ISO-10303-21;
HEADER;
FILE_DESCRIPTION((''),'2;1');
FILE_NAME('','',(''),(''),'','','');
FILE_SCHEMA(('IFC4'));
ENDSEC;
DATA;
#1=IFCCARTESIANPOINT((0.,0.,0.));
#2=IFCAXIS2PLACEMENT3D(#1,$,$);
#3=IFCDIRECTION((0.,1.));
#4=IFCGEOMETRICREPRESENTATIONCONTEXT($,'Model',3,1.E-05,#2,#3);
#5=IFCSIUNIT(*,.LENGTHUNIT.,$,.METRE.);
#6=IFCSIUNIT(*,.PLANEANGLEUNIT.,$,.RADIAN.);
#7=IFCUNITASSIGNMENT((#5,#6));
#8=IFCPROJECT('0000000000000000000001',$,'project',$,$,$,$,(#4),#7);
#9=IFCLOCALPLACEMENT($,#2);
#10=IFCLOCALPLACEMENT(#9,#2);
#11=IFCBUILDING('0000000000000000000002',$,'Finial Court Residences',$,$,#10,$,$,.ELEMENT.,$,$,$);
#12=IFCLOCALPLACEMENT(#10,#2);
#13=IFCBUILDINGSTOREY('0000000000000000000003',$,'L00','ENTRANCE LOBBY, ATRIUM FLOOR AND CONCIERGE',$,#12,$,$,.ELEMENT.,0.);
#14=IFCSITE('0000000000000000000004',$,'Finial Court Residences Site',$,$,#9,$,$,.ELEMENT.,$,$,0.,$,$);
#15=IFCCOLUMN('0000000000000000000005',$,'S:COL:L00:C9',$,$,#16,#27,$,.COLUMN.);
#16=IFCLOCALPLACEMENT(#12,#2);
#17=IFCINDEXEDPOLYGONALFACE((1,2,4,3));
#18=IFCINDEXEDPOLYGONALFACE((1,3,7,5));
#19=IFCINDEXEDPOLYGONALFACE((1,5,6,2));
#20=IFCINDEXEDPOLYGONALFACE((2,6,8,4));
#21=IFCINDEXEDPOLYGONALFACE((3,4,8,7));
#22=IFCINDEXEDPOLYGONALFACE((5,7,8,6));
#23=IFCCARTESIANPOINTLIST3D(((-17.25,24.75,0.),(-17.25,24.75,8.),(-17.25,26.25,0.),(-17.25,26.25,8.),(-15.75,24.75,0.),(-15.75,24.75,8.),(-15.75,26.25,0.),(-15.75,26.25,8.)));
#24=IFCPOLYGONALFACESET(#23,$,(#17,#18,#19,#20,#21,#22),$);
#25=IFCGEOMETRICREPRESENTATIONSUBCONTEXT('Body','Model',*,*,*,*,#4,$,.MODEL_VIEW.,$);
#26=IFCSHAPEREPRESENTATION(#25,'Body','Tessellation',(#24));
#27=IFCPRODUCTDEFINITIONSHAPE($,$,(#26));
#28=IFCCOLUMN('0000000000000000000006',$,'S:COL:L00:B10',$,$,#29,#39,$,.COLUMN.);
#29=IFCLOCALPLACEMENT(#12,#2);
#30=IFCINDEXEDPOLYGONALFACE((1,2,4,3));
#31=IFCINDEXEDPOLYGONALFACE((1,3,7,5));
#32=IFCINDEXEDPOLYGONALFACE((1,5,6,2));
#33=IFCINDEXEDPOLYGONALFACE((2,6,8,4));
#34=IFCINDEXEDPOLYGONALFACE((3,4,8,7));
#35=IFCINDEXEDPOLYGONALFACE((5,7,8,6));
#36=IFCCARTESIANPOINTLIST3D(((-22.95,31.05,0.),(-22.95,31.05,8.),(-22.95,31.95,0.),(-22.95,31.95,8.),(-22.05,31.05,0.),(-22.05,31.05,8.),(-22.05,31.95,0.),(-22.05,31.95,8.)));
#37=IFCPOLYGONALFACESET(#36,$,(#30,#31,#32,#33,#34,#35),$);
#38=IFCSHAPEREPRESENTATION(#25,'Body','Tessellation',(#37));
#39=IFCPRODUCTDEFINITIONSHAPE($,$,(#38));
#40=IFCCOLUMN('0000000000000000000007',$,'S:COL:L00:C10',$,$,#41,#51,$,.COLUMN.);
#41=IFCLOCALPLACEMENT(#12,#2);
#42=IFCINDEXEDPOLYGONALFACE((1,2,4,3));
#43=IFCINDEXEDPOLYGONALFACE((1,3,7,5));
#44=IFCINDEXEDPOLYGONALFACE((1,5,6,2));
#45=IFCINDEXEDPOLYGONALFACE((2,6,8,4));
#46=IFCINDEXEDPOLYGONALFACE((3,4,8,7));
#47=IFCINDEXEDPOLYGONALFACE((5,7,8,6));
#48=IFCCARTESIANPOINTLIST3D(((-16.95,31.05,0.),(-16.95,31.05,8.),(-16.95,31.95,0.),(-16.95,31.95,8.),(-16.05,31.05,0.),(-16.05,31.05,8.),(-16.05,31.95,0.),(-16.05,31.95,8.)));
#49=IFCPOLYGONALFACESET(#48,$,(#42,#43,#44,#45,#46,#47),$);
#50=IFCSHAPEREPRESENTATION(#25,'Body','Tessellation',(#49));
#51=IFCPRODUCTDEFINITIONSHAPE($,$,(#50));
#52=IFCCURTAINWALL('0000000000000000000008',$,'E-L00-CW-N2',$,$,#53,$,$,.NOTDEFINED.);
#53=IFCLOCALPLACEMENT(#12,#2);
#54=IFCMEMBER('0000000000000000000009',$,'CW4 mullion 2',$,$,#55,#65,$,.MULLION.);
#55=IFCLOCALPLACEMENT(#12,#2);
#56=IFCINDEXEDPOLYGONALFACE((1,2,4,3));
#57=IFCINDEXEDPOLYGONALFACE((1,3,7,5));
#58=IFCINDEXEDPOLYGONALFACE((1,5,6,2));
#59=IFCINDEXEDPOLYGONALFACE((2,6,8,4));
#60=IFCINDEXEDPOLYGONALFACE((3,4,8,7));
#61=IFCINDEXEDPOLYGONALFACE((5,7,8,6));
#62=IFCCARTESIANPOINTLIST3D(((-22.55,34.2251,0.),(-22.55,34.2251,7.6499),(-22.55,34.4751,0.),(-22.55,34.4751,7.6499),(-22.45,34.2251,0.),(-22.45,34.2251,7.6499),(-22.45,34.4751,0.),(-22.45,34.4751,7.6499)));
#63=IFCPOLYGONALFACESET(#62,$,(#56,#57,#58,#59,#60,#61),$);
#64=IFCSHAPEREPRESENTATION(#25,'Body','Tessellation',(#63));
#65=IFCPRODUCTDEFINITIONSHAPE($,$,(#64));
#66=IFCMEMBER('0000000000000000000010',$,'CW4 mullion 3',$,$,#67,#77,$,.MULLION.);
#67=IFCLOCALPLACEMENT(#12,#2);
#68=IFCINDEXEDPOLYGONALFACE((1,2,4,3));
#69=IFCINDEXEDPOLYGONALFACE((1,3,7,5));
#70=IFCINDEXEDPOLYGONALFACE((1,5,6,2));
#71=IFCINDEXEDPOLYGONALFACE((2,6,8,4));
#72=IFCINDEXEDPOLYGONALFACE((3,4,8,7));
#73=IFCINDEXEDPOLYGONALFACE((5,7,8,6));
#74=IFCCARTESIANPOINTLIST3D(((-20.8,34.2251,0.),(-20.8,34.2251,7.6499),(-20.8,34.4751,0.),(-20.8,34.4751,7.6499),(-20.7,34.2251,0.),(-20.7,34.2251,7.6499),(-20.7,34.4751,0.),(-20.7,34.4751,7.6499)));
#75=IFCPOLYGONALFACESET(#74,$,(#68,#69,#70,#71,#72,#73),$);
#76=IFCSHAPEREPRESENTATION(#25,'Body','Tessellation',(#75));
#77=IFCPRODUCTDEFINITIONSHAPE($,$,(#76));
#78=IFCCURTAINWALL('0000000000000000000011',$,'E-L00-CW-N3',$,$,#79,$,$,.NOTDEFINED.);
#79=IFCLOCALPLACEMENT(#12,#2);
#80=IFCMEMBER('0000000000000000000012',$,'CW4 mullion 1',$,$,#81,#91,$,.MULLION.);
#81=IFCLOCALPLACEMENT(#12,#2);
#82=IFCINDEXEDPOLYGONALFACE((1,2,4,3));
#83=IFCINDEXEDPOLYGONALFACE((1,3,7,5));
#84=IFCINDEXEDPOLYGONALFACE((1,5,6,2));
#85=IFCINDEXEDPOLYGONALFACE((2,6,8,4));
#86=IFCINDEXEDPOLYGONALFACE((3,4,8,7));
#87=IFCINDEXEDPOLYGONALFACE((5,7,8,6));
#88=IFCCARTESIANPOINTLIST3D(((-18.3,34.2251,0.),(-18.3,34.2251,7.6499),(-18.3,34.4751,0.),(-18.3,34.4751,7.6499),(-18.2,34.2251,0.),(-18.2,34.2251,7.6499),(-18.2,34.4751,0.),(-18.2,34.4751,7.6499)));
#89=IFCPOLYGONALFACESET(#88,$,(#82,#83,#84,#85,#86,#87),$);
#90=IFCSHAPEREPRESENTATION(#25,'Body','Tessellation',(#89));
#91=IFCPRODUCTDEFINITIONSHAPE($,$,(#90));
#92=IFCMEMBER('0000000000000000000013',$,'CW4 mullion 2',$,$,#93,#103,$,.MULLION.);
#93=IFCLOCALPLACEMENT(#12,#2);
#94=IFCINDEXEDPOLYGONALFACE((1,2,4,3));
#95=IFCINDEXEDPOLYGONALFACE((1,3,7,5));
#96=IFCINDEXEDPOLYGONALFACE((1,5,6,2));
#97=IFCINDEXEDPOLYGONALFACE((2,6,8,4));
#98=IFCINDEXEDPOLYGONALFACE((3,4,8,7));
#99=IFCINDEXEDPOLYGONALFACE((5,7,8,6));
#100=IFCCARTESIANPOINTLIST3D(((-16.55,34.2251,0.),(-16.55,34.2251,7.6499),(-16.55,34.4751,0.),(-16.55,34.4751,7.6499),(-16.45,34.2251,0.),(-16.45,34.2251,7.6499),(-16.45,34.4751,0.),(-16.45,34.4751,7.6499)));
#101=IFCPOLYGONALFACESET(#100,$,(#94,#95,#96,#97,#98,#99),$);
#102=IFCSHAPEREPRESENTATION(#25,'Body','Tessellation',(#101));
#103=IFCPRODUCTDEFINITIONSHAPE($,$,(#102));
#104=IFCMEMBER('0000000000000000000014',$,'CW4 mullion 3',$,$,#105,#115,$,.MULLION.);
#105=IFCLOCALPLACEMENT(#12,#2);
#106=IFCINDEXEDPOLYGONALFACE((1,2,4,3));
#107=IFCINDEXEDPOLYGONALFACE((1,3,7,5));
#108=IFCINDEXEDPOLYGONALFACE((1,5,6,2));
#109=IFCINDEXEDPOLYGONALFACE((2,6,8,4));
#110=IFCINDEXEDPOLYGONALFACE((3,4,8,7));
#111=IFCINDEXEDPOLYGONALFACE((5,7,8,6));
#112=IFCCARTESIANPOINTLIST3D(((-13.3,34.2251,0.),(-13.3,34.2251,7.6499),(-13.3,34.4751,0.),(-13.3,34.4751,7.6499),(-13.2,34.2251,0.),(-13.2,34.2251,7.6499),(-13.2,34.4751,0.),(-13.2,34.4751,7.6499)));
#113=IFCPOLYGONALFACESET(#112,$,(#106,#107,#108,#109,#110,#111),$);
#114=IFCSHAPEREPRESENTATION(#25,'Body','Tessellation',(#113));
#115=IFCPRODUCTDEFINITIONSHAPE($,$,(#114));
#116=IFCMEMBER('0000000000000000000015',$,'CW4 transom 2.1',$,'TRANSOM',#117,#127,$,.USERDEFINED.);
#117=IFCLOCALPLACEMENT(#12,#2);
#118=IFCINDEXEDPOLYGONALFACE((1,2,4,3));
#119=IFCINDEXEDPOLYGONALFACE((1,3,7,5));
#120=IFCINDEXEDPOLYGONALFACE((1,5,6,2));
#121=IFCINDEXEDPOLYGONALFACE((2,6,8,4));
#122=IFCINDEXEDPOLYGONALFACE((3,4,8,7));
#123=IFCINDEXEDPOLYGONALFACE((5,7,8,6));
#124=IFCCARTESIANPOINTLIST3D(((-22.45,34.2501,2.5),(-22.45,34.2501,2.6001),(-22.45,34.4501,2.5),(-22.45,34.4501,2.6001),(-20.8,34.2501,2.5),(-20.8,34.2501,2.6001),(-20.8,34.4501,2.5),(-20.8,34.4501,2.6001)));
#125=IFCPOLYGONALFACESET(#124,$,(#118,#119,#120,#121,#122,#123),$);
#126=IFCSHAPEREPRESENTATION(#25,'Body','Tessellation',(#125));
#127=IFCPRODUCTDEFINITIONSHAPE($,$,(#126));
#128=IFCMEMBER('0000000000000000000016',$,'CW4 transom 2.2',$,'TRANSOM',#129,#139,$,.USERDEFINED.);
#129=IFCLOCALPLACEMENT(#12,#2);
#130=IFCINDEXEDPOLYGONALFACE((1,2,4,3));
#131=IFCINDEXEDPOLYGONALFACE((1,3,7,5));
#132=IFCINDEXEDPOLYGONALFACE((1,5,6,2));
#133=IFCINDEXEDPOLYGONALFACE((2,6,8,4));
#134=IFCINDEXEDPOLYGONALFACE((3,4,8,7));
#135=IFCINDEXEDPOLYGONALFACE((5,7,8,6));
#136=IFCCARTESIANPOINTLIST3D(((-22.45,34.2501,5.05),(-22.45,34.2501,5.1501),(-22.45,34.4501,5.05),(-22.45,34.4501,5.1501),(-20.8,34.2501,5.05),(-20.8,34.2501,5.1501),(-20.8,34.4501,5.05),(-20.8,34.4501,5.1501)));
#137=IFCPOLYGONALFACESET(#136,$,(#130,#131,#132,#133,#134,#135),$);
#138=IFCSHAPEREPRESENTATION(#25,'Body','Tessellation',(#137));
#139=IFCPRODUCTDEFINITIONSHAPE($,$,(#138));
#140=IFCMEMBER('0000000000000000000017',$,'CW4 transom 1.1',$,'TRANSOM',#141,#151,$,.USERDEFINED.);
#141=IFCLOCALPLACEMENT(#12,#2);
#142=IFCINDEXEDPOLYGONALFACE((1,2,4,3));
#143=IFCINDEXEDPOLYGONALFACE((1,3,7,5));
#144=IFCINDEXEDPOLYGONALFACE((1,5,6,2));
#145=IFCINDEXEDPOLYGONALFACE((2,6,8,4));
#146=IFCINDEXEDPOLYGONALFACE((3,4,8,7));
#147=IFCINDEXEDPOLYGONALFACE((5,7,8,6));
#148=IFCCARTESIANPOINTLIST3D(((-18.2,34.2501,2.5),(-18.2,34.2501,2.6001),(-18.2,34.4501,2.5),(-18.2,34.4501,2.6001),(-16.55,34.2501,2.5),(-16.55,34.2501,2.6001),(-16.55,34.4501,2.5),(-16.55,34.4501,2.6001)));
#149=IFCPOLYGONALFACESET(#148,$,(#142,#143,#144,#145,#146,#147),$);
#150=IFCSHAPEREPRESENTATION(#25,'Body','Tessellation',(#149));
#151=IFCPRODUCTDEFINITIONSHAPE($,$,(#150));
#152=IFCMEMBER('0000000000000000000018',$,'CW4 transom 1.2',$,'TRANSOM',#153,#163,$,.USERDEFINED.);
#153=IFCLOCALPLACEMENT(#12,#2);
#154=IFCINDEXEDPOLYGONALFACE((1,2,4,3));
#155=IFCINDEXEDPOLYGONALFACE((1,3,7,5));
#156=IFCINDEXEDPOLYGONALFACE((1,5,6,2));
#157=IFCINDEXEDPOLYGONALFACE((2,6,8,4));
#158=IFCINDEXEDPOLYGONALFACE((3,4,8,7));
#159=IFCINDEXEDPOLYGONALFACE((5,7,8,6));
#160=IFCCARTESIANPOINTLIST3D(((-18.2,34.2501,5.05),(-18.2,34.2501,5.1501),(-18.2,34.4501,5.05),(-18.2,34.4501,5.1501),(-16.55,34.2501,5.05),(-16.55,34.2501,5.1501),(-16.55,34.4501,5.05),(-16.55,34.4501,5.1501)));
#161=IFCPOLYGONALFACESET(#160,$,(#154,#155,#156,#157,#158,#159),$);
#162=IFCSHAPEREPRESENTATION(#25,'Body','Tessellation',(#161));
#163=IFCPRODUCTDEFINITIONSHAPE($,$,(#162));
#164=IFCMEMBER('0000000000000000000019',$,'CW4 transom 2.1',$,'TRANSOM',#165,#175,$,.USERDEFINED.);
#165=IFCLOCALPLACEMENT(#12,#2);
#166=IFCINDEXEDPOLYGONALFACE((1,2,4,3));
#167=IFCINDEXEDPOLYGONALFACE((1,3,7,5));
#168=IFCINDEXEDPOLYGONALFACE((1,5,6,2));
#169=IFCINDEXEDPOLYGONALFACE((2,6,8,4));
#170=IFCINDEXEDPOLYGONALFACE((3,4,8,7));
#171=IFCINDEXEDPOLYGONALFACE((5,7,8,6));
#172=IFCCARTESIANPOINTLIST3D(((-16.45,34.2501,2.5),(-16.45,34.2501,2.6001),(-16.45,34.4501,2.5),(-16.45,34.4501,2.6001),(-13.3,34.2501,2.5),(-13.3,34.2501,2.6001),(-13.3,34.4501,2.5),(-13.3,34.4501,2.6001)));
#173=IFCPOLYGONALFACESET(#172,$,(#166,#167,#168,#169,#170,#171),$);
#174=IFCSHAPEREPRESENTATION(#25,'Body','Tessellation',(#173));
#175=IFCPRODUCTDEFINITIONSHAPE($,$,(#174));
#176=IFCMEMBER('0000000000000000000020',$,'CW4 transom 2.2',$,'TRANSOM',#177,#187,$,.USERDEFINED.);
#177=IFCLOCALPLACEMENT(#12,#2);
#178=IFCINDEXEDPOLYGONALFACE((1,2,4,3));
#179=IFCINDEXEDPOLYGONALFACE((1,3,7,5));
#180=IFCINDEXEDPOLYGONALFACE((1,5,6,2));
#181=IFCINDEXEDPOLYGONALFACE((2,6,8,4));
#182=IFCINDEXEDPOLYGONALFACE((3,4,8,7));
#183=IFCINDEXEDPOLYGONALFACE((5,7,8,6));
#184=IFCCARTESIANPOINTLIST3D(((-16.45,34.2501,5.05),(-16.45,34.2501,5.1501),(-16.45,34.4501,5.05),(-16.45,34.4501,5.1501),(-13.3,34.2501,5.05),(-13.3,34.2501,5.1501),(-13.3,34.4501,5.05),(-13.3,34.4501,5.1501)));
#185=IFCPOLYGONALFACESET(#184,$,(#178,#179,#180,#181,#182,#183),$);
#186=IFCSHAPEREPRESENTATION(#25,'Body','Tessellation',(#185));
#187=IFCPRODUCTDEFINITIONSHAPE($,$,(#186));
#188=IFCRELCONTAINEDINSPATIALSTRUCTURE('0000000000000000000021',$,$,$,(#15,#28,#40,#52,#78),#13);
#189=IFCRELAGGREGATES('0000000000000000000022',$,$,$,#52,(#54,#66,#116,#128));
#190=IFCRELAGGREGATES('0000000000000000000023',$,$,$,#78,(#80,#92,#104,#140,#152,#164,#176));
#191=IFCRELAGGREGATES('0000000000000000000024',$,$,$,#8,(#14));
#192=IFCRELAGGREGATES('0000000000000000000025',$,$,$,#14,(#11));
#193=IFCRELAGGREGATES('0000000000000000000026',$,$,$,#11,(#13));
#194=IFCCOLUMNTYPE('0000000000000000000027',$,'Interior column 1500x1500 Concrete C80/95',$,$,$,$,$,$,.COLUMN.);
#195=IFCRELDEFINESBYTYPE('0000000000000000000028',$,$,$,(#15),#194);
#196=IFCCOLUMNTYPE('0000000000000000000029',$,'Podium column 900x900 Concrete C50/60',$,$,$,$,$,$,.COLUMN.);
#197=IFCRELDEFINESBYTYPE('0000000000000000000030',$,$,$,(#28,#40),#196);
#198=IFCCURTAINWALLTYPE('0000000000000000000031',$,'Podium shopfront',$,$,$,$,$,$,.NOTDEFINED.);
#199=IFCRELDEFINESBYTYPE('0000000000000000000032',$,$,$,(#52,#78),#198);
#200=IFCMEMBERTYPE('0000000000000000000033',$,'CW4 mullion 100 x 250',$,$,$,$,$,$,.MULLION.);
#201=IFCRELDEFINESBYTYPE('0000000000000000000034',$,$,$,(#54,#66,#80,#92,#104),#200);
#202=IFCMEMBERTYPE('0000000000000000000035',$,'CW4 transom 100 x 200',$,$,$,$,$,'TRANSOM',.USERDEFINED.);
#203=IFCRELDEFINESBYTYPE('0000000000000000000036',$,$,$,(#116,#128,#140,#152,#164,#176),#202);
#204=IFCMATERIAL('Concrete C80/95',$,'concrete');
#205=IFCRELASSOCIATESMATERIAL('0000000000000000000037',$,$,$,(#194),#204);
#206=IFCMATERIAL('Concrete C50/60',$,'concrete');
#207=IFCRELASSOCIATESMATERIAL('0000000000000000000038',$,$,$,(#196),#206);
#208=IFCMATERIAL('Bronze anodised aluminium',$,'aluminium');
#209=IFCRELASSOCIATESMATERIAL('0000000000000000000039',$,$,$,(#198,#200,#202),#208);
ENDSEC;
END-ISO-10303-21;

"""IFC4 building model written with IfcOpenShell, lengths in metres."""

from ifc_helpers import new_model, si_unit, direction, frame, origin, origin_2d, place, context, subcontext, project, spatial, rectangle, extrude, material, material_profile, profile_set, type_object, element, aggregate, save


model = new_model("IFC4")

# Units and contexts
model_context = context("Model", 3, precision=1e-05, world=origin(), true_north=direction((0.0, 1.0)))
body_context = subcontext(model_context, "Body", "Model", "MODEL_VIEW")
ifc_project = project(units=[si_unit("LENGTHUNIT", "METRE"), si_unit("PLANEANGLEUNIT", "RADIAN")], contexts=[model_context])

# Site, building, storey
site_placement = place(None, origin())
site = spatial("IfcSite", under=ifc_project, at=site_placement, Name="Finial Court Residences Site", CompositionType="ELEMENT", RefElevation=0.0)
building_placement = place(site_placement, origin())
building = spatial("IfcBuilding", under=site, at=building_placement, Name="Finial Court Residences", CompositionType="ELEMENT")
storey_placement = place(building_placement, origin())
storey = spatial("IfcBuildingStorey", under=building, at=storey_placement, Name="L00", Description="ENTRANCE LOBBY, ATRIUM FLOOR AND CONCIERGE", CompositionType="ELEMENT", Elevation=0.0)

# Columns
ifc_material_1 = material(Name="Concrete C80/95", Category="concrete")
ifc_material_profile_1 = material_profile(ifc_material_1, rectangle(XDim=1.5, YDim=1.5, at=origin_2d()), Name="1500x1500")
ifc_profile_set_1 = profile_set([ifc_material_profile_1], Name="Concrete C80/95")
column_type_1 = type_object("IfcColumnType", Name="Interior column 1500x1500 Concrete C80/95", PredefinedType="COLUMN", material=ifc_profile_set_1)
column_placement = place(storey_placement, frame((-16.5, 25.5, 0.0), z_axis=(0.0, 0.0, 1.0), x_axis=(1.0, 0.0, 0.0)))
element("IfcColumn", 1, at=column_placement, inside=storey, type_object=column_type_1, Name="S:COL:L00:C9", PredefinedType="COLUMN", context=body_context, shape_type="SweptSolid", body=[
    extrude(rectangle(XDim=1.5, YDim=1.5, at=origin_2d()), origin(), (0.0, 0.0, 1.0), 8.0),
])
ifc_material_2 = material(Name="Concrete C50/60", Category="concrete")
ifc_material_profile_2 = material_profile(ifc_material_2, rectangle(XDim=0.8999, YDim=0.8999, at=origin_2d()), Name="900x900")
ifc_profile_set_2 = profile_set([ifc_material_profile_2], Name="Concrete C50/60")
column_type_2 = type_object("IfcColumnType", Name="Podium column 900x900 Concrete C50/60", PredefinedType="COLUMN", material=ifc_profile_set_2)
for number, where, z_axis, x_axis, name in (
    (2, (-22.5, 31.5, 0.0), (0.0, 0.0, 1.0), (1.0, 0.0, 0.0), "S:COL:L00:B10"),
    (3, (-16.5, 31.5, 0.0), (0.0, 0.0, 1.0), (1.0, 0.0, 0.0), "S:COL:L00:C10"),
):
    element("IfcColumn", number, at=place(storey_placement, frame(where, z_axis=z_axis, x_axis=x_axis)), inside=storey, type_object=column_type_2, Name=name, PredefinedType="COLUMN", context=body_context, shape_type="SweptSolid", body=[
        extrude(rectangle(XDim=0.8999, YDim=0.8999, at=origin_2d()), origin(), (0.0, 0.0, 1.0), 8.0),
    ])

# Curtain walls, members
ifc_material_3 = material(Name="Bronze anodised aluminium", Category="aluminium")
curtain_wall_type = type_object("IfcCurtainWallType", Name="Podium shopfront", PredefinedType="NOTDEFINED", material=ifc_material_3)
curtain_wall_1_placement = place(storey_placement, origin())
curtain_wall_1 = element("IfcCurtainWall", 4, at=curtain_wall_1_placement, inside=storey, type_object=curtain_wall_type, Name="E-L00-CW-N2", PredefinedType="NOTDEFINED")
ifc_material_profile_3 = material_profile(ifc_material_3, rectangle(XDim=0.25, YDim=0.1001, at=origin_2d()), Name="CW4 mullion 100 x 250")
ifc_profile_set_3 = profile_set([ifc_material_profile_3], Name="Bronze anodised aluminium")
member_type_1 = type_object("IfcMemberType", Name="CW4 mullion 100 x 250", PredefinedType="MULLION", material=ifc_profile_set_3)
member_1_placement = place(storey_placement, frame((-22.5, 34.3501, 0.0), z_axis=(0.0, 0.0, 1.0), x_axis=(0.0, 1.0, 0.0)))
member_1 = element("IfcMember", 5, at=member_1_placement, type_object=member_type_1, Name="CW4 mullion 2", PredefinedType="MULLION", context=body_context, shape_type="SweptSolid", body=[
    extrude(rectangle(XDim=0.25, YDim=0.1001, at=origin_2d()), origin(), (0.0, 0.0, 1.0), 7.6499),
])
member_2_placement = place(storey_placement, frame((-20.75, 34.3501, 0.0), z_axis=(0.0, 0.0, 1.0), x_axis=(0.0, 1.0, 0.0)))
member_2 = element("IfcMember", 6, at=member_2_placement, type_object=member_type_1, Name="CW4 mullion 3", PredefinedType="MULLION", context=body_context, shape_type="SweptSolid", body=[
    extrude(rectangle(XDim=0.25, YDim=0.1001, at=origin_2d()), origin(), (0.0, 0.0, 1.0), 7.6499),
])
curtain_wall_2_placement = place(storey_placement, origin())
curtain_wall_2 = element("IfcCurtainWall", 7, at=curtain_wall_2_placement, inside=storey, type_object=curtain_wall_type, Name="E-L00-CW-N3", PredefinedType="NOTDEFINED")
member_3_placement = place(storey_placement, frame((-18.25, 34.3501, 0.0), z_axis=(0.0, 0.0, 1.0), x_axis=(0.0, 1.0, 0.0)))
member_3 = element("IfcMember", 8, at=member_3_placement, type_object=member_type_1, Name="CW4 mullion 1", PredefinedType="MULLION", context=body_context, shape_type="SweptSolid", body=[
    extrude(rectangle(XDim=0.25, YDim=0.1001, at=origin_2d()), origin(), (0.0, 0.0, 1.0), 7.6499),
])
member_4_placement = place(storey_placement, frame((-16.5, 34.3501, 0.0), z_axis=(0.0, 0.0, 1.0), x_axis=(0.0, 1.0, 0.0)))
member_4 = element("IfcMember", 9, at=member_4_placement, type_object=member_type_1, Name="CW4 mullion 2", PredefinedType="MULLION", context=body_context, shape_type="SweptSolid", body=[
    extrude(rectangle(XDim=0.25, YDim=0.1001, at=origin_2d()), origin(), (0.0, 0.0, 1.0), 7.6499),
])
member_5_placement = place(storey_placement, frame((-13.25, 34.3501, 0.0), z_axis=(0.0, 0.0, 1.0), x_axis=(0.0, 1.0, 0.0)))
member_5 = element("IfcMember", 10, at=member_5_placement, type_object=member_type_1, Name="CW4 mullion 3", PredefinedType="MULLION", context=body_context, shape_type="SweptSolid", body=[
    extrude(rectangle(XDim=0.25, YDim=0.1001, at=origin_2d()), origin(), (0.0, 0.0, 1.0), 7.6499),
])

# Members
ifc_material_profile_4 = material_profile(ifc_material_3, rectangle(XDim=0.2, YDim=0.1001, at=origin_2d()), Name="CW4 transom 100 x 200")
ifc_profile_set_4 = profile_set([ifc_material_profile_4], Name="Bronze anodised aluminium")
member_type_2 = type_object("IfcMemberType", Name="CW4 transom 100 x 200", ElementType="TRANSOM", PredefinedType="USERDEFINED", material=ifc_profile_set_4)
member_6_placement = place(storey_placement, frame((-22.45, 34.3501, 2.55), z_axis=(1.0, 0.0, 0.0), x_axis=(0.0, 1.0, 0.0)))
member_6 = element("IfcMember", 11, at=member_6_placement, type_object=member_type_2, Name="CW4 transom 2.1", ObjectType="TRANSOM", PredefinedType="USERDEFINED", context=body_context, shape_type="SweptSolid", body=[
    extrude(rectangle(XDim=0.2, YDim=0.1001, at=origin_2d()), origin(), (0.0, 0.0, 1.0), 1.6499),
])
member_7_placement = place(storey_placement, frame((-22.45, 34.3501, 5.1001), z_axis=(1.0, 0.0, 0.0), x_axis=(0.0, 1.0, 0.0)))
member_7 = element("IfcMember", 12, at=member_7_placement, type_object=member_type_2, Name="CW4 transom 2.2", ObjectType="TRANSOM", PredefinedType="USERDEFINED", context=body_context, shape_type="SweptSolid", body=[
    extrude(rectangle(XDim=0.2, YDim=0.1001, at=origin_2d()), origin(), (0.0, 0.0, 1.0), 1.6499),
])
member_8_placement = place(storey_placement, frame((-18.2, 34.3501, 2.55), z_axis=(1.0, 0.0, 0.0), x_axis=(0.0, 1.0, 0.0)))
member_8 = element("IfcMember", 13, at=member_8_placement, type_object=member_type_2, Name="CW4 transom 1.1", ObjectType="TRANSOM", PredefinedType="USERDEFINED", context=body_context, shape_type="SweptSolid", body=[
    extrude(rectangle(XDim=0.2, YDim=0.1001, at=origin_2d()), origin(), (0.0, 0.0, 1.0), 1.6499),
])
member_9_placement = place(storey_placement, frame((-18.2, 34.3501, 5.1001), z_axis=(1.0, 0.0, 0.0), x_axis=(0.0, 1.0, 0.0)))
member_9 = element("IfcMember", 14, at=member_9_placement, type_object=member_type_2, Name="CW4 transom 1.2", ObjectType="TRANSOM", PredefinedType="USERDEFINED", context=body_context, shape_type="SweptSolid", body=[
    extrude(rectangle(XDim=0.2, YDim=0.1001, at=origin_2d()), origin(), (0.0, 0.0, 1.0), 1.6499),
])
member_10_placement = place(storey_placement, frame((-16.45, 34.3501, 2.55), z_axis=(1.0, 0.0, 0.0), x_axis=(0.0, 1.0, 0.0)))
member_10 = element("IfcMember", 15, at=member_10_placement, type_object=member_type_2, Name="CW4 transom 2.1", ObjectType="TRANSOM", PredefinedType="USERDEFINED", context=body_context, shape_type="SweptSolid", body=[
    extrude(rectangle(XDim=0.2, YDim=0.1001, at=origin_2d()), origin(), (0.0, 0.0, 1.0), 3.1499),
])
member_11_placement = place(storey_placement, frame((-16.45, 34.3501, 5.1001), z_axis=(1.0, 0.0, 0.0), x_axis=(0.0, 1.0, 0.0)))
member_11 = element("IfcMember", 16, at=member_11_placement, type_object=member_type_2, Name="CW4 transom 2.2", ObjectType="TRANSOM", PredefinedType="USERDEFINED", context=body_context, shape_type="SweptSolid", body=[
    extrude(rectangle(XDim=0.2, YDim=0.1001, at=origin_2d()), origin(), (0.0, 0.0, 1.0), 3.1499),
])

aggregate(curtain_wall_1, [member_1, member_2, member_6, member_7])
aggregate(curtain_wall_2, [member_3, member_4, member_5, member_8, member_9, member_10, member_11])

save(model, "model.ifc")
